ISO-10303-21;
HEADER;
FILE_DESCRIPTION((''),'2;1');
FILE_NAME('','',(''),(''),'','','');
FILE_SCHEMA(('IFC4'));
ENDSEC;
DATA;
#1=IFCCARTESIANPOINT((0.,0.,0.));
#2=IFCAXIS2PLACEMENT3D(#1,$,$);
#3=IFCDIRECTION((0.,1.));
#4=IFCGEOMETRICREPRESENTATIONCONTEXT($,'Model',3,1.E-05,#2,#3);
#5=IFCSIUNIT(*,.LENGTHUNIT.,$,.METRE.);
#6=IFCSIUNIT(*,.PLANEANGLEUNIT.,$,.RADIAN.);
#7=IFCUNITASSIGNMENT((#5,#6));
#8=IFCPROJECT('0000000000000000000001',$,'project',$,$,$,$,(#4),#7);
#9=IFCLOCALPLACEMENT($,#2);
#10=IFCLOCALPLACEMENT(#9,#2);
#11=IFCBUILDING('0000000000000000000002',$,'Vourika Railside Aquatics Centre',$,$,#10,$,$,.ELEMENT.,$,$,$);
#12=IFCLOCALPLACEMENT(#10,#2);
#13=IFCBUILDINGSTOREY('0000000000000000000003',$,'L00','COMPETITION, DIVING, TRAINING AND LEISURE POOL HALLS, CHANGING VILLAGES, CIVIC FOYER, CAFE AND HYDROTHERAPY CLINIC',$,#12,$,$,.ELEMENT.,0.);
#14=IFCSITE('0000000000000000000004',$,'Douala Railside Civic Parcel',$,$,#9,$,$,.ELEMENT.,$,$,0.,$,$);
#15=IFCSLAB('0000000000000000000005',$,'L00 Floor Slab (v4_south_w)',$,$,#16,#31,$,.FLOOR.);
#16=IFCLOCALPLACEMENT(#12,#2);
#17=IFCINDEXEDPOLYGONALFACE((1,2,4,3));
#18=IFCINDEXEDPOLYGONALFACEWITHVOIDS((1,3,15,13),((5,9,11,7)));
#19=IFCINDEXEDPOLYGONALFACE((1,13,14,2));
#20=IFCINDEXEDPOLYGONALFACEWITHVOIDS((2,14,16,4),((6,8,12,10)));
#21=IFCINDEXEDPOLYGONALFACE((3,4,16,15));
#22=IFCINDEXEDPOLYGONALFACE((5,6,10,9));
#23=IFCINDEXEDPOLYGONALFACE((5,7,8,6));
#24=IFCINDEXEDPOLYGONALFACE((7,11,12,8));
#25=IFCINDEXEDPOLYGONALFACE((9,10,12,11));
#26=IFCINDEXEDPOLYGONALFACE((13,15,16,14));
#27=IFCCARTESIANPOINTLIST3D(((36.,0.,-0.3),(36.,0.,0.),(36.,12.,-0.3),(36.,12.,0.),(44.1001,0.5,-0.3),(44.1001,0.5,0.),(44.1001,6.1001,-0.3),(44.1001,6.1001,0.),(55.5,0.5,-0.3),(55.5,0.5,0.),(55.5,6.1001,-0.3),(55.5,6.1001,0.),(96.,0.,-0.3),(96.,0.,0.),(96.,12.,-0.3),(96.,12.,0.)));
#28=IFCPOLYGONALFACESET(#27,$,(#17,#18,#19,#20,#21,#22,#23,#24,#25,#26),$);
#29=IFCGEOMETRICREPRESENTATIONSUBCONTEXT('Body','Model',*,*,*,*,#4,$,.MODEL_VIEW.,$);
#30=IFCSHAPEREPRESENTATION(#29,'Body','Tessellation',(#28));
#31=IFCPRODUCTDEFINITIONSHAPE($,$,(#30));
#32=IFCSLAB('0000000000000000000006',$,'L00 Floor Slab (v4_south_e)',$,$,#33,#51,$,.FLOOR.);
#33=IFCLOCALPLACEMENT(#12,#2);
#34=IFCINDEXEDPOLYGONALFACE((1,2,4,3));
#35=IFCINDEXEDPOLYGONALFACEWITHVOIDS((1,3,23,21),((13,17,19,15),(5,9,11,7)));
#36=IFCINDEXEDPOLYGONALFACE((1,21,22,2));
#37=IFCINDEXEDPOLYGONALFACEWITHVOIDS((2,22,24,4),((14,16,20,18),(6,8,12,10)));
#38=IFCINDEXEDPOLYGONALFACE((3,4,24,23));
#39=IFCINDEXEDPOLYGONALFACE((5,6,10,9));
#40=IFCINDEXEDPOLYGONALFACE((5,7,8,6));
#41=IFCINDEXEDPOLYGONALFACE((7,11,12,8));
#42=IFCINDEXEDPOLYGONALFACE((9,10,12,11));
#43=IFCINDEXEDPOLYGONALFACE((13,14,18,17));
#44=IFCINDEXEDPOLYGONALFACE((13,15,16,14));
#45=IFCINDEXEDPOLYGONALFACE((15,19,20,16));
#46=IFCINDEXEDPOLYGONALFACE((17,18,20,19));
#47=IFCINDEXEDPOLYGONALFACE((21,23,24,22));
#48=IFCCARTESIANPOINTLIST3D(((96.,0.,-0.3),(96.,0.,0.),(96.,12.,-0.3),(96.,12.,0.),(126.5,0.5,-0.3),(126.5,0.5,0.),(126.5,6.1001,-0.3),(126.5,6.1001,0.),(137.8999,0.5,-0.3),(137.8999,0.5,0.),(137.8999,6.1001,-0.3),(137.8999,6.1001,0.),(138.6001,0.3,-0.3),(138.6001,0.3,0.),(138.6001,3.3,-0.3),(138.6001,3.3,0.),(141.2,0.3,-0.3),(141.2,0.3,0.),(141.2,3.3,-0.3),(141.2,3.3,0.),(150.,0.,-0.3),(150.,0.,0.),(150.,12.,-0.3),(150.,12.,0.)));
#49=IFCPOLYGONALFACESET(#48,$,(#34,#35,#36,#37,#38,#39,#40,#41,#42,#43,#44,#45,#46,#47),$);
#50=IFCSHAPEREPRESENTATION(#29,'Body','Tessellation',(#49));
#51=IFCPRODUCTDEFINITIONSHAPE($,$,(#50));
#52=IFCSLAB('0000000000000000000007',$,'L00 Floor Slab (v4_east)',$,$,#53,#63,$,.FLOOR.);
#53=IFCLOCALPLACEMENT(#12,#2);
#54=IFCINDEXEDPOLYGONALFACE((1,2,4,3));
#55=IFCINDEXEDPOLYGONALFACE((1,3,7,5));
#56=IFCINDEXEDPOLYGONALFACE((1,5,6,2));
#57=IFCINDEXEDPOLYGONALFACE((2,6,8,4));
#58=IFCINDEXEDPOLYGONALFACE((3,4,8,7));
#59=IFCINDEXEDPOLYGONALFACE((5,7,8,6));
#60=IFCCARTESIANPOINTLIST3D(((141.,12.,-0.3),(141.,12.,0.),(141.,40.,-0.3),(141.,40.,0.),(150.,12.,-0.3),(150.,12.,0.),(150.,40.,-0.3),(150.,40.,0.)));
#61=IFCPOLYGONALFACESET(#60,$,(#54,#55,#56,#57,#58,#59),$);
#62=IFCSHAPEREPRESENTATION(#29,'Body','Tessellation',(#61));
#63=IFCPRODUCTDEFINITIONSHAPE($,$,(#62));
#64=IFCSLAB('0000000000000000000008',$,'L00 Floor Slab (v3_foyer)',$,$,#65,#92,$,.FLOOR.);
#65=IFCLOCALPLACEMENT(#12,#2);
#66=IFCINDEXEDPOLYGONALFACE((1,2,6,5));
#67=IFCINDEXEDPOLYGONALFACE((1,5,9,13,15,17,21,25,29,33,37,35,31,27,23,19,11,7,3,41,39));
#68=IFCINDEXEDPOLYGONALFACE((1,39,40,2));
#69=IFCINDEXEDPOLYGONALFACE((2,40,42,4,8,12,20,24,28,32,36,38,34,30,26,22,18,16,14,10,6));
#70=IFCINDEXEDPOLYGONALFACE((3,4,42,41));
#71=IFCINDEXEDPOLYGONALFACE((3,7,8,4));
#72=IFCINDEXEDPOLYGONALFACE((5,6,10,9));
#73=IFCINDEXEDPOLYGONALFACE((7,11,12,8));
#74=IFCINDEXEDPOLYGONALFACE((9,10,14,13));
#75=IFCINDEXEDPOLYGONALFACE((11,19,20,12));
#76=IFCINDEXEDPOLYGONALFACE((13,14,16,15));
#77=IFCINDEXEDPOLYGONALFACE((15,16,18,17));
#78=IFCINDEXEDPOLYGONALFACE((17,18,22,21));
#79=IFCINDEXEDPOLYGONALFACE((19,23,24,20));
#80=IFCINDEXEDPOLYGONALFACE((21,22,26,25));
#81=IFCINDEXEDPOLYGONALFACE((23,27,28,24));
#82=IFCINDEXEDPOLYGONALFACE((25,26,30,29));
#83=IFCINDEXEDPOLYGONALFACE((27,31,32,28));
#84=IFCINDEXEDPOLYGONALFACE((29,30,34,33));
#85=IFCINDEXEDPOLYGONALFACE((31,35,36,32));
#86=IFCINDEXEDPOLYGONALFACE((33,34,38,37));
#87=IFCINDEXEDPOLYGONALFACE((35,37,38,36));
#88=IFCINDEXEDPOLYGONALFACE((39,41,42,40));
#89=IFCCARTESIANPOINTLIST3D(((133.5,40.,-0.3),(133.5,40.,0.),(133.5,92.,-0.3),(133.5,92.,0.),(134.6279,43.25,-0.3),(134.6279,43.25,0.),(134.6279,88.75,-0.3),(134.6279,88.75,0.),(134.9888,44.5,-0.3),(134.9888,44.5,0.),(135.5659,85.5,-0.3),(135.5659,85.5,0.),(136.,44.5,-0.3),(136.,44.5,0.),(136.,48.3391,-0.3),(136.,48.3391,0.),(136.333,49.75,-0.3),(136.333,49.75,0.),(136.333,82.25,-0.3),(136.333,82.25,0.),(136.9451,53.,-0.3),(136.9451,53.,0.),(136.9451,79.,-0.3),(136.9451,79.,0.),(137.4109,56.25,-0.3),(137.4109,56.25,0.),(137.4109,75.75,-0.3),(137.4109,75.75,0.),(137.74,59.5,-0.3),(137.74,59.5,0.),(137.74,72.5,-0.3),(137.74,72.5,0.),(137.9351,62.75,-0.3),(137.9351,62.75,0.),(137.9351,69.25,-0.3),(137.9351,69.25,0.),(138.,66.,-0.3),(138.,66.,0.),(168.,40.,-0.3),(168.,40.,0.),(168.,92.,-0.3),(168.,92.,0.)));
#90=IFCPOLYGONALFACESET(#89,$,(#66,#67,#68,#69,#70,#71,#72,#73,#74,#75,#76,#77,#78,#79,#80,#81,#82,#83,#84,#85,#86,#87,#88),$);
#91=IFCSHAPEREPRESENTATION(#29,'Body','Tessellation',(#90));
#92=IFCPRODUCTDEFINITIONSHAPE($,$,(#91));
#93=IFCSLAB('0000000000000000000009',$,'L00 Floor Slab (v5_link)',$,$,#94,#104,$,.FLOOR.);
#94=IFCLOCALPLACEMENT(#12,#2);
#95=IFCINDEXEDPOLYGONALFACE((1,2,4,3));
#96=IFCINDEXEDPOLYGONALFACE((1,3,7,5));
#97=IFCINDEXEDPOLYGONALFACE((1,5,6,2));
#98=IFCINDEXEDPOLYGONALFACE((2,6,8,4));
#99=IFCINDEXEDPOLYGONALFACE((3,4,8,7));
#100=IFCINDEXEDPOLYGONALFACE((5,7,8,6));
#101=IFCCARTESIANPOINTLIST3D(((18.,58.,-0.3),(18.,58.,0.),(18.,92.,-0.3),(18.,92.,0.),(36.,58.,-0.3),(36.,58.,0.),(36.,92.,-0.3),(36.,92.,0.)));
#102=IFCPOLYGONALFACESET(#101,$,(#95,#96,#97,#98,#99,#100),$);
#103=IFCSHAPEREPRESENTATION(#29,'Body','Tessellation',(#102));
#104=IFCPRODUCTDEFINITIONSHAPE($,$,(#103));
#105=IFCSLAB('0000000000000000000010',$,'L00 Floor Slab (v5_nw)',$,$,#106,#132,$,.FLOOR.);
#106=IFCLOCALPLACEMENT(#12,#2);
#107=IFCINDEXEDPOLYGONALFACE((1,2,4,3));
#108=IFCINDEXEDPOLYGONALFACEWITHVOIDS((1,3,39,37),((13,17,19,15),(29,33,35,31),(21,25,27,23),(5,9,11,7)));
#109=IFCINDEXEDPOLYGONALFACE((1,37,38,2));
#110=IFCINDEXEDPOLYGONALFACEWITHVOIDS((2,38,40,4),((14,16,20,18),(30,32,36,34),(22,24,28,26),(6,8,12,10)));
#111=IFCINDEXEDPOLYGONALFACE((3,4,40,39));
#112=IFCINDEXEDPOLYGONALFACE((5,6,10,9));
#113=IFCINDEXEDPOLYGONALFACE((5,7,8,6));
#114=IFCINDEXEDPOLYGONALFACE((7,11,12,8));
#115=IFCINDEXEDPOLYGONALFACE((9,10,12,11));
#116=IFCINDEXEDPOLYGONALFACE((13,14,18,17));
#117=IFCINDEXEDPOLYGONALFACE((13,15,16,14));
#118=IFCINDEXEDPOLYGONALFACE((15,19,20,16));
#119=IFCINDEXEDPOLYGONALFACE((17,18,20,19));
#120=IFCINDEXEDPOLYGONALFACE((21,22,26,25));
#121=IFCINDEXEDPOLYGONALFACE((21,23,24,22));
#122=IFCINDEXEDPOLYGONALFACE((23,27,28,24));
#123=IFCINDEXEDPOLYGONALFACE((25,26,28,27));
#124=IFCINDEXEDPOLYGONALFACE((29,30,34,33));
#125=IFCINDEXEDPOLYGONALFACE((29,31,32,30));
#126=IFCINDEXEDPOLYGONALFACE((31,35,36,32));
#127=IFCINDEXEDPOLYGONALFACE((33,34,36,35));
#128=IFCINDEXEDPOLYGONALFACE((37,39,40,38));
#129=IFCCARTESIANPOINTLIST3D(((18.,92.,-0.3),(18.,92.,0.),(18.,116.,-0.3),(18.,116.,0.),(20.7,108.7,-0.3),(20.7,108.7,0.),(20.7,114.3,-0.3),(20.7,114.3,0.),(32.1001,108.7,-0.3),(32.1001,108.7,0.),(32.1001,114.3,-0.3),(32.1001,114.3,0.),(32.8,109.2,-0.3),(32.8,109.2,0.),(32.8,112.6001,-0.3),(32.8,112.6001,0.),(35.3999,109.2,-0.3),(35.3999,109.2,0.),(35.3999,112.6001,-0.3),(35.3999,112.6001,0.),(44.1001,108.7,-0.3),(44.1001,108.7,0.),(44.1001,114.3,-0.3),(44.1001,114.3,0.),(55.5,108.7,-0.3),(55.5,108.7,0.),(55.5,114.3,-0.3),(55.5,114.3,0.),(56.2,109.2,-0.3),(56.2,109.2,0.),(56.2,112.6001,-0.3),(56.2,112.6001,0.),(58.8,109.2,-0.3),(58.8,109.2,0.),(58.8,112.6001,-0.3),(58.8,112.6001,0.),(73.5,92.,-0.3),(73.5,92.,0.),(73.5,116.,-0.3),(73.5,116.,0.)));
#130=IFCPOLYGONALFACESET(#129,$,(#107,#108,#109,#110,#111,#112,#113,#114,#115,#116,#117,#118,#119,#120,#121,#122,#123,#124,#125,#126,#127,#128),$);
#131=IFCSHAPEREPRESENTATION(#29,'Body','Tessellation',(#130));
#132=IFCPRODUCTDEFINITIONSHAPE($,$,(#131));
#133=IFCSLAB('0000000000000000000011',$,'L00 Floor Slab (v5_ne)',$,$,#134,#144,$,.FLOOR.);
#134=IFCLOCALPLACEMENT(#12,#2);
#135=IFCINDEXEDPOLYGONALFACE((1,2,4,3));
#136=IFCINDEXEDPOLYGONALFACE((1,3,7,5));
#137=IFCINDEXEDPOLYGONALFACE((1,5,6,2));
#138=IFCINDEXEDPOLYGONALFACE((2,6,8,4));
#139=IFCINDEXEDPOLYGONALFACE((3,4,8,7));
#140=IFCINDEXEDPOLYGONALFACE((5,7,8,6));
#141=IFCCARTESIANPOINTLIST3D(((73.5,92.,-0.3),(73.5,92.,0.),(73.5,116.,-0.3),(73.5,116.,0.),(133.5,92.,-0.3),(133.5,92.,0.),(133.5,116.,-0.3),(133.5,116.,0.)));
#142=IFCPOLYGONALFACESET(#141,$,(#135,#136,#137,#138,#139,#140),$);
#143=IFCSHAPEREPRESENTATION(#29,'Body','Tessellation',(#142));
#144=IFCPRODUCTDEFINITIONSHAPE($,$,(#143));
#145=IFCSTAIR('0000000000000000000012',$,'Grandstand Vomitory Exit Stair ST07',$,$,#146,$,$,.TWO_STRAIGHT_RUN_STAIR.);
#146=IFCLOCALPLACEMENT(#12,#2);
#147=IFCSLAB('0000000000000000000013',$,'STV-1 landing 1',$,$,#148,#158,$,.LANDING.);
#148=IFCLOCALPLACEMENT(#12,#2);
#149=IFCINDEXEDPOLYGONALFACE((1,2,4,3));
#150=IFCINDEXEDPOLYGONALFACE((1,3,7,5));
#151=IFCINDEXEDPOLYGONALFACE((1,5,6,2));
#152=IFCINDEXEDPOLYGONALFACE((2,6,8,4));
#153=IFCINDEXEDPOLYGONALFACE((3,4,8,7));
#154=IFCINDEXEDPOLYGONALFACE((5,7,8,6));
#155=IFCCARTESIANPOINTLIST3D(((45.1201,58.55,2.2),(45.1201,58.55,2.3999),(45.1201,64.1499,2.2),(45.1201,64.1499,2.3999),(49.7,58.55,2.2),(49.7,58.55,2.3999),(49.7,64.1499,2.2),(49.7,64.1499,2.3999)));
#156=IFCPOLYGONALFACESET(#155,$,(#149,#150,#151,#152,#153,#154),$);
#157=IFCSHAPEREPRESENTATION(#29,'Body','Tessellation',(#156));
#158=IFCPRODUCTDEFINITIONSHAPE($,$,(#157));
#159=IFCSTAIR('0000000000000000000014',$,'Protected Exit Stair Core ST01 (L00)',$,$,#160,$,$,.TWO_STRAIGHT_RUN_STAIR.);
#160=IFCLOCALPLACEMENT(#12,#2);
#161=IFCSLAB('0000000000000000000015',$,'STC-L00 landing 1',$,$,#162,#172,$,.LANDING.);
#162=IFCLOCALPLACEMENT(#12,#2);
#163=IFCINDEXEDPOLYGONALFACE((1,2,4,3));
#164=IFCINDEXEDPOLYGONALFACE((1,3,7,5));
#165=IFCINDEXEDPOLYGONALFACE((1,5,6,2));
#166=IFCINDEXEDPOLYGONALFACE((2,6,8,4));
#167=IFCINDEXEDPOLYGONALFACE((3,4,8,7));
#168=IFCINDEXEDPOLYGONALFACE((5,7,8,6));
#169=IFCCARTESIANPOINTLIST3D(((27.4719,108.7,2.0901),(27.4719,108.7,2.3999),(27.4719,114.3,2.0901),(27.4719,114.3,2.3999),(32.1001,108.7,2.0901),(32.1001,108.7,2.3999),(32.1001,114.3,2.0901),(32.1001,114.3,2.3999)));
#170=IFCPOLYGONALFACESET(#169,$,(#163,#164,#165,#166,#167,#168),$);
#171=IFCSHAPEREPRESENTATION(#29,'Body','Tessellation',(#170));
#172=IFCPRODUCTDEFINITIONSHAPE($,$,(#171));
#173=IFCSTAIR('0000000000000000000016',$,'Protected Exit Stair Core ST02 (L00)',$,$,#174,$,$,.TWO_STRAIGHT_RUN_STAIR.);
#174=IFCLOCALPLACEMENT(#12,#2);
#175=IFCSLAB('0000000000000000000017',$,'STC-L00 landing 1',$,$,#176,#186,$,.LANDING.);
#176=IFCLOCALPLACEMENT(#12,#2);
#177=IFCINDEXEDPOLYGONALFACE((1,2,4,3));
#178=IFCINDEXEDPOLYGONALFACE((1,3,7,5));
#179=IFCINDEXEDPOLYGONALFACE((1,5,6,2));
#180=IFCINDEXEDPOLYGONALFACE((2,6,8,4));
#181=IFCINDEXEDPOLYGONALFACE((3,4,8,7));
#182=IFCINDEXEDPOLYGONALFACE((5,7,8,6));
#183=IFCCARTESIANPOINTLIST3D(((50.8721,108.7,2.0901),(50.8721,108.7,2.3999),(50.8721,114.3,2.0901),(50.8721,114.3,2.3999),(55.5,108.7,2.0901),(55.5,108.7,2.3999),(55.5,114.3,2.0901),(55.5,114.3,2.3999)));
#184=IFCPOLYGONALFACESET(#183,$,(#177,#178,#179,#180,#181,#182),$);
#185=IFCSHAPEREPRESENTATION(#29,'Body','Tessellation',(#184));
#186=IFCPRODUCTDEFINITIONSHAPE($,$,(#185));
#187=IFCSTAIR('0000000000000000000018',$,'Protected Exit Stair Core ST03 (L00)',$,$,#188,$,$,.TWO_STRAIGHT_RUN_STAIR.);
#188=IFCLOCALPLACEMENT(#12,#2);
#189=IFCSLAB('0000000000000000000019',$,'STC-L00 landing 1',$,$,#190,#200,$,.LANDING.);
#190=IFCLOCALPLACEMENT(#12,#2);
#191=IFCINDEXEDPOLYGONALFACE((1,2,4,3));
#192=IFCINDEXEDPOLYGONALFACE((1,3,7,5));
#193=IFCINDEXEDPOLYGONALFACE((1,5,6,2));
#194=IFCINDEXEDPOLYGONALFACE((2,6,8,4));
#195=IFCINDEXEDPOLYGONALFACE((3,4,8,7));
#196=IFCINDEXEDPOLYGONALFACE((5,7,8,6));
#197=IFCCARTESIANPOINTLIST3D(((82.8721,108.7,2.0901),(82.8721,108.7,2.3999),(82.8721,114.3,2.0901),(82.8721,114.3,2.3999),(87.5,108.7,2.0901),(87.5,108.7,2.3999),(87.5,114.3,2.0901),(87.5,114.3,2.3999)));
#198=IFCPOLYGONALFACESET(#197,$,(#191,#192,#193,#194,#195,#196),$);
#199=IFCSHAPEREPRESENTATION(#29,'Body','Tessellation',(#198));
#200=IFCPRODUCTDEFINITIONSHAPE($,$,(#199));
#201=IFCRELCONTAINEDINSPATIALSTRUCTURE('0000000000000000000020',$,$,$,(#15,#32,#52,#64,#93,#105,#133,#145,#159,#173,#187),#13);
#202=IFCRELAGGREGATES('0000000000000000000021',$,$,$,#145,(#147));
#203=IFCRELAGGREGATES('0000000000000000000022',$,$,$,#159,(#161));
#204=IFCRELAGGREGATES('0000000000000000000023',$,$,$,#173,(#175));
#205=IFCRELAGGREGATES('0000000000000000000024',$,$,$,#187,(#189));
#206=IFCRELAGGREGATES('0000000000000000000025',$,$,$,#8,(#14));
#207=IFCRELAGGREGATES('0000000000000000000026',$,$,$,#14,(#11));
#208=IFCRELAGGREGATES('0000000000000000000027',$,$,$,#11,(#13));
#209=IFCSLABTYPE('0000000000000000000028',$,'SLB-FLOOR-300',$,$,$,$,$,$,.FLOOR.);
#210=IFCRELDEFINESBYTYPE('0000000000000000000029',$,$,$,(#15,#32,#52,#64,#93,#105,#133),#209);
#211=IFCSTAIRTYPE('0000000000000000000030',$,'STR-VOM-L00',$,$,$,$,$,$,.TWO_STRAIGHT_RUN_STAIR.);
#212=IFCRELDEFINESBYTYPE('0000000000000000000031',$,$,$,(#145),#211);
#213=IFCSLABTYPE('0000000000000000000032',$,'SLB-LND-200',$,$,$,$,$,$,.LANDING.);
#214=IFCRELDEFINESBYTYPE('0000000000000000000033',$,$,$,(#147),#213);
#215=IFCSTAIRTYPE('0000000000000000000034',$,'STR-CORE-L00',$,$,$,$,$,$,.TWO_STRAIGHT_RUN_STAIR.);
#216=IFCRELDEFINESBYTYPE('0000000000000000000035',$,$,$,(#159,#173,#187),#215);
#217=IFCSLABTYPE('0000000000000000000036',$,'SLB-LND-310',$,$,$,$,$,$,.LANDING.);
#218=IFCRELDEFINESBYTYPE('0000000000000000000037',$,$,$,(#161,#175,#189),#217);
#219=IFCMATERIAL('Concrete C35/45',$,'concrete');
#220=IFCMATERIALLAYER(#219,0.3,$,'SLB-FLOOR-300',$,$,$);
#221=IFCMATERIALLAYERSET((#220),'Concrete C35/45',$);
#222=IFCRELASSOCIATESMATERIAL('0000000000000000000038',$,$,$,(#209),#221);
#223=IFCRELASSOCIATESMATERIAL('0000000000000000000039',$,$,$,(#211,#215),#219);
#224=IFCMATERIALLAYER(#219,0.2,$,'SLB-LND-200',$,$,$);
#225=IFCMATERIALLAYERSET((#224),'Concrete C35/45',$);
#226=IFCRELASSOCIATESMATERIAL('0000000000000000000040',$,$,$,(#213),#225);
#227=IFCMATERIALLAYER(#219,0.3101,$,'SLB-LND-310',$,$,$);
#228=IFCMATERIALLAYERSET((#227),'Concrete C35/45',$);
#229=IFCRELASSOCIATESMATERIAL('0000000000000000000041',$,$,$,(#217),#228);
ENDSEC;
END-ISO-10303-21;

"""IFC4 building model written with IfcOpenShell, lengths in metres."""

from ifc_helpers import new_model, si_unit, direction, frame, origin, place, context, subcontext, project, spatial, polyline, outline, extrude, material, layer, layer_set, type_object, element, aggregate, save


model = new_model("IFC4")

# Units and contexts
model_context = context("Model", 3, precision=1e-05, world=origin(), true_north=direction((0.0, 1.0)))
body_context = subcontext(model_context, "Body", "Model", "MODEL_VIEW")
ifc_project = project(units=[si_unit("LENGTHUNIT", "METRE"), si_unit("PLANEANGLEUNIT", "RADIAN")], contexts=[model_context])

# Site, building, storey
site_placement = place(None, origin())
site = spatial("IfcSite", under=ifc_project, at=site_placement, Name="Douala Railside Civic Parcel", CompositionType="ELEMENT", RefElevation=0.0)
building_placement = place(site_placement, origin())
building = spatial("IfcBuilding", under=site, at=building_placement, Name="Vourika Railside Aquatics Centre", CompositionType="ELEMENT")
storey_placement = place(building_placement, origin())
storey = spatial("IfcBuildingStorey", under=building, at=storey_placement, Name="L00", Description="COMPETITION, DIVING, TRAINING AND LEISURE POOL HALLS, CHANGING VILLAGES, CIVIC FOYER, CAFE AND HYDROTHERAPY CLINIC", CompositionType="ELEMENT", Elevation=0.0)

# Slabs
ifc_material_1 = material(Name="Concrete C35/45", Category="concrete")
ifc_layer_1 = layer(ifc_material_1, 0.3, Name="SLB-FLOOR-300")
ifc_layer_set_1 = layer_set([ifc_layer_1], Name="Concrete C35/45")
slab_type_1 = type_object("IfcSlabType", Name="SLB-FLOOR-300", PredefinedType="FLOOR", material=ifc_layer_set_1)
slab_1_placement = place(storey_placement, frame((0.0, 0.0, -0.3)))
element("IfcSlab", 1, at=slab_1_placement, inside=storey, type_object=slab_type_1, Name="L00 Floor Slab (v4_south_w)", PredefinedType="FLOOR", context=body_context, shape_type="SweptSolid", body=[
    extrude(outline(polyline([(36.0, 0.0), (36.0, 12.0), (96.0, 12.0), (96.0, 0.0), (36.0, 0.0)]), holes=[polyline([(44.1001, 6.1001), (44.1001, 0.5), (55.5, 0.5), (55.5, 6.1001), (44.1001, 6.1001)])]), origin(), (0.0, 0.0, 1.0), 0.3),
])
slab_2_placement = place(storey_placement, frame((0.0, 0.0, -0.3)))
element("IfcSlab", 2, at=slab_2_placement, inside=storey, type_object=slab_type_1, Name="L00 Floor Slab (v4_south_e)", PredefinedType="FLOOR", context=body_context, shape_type="SweptSolid", body=[
    extrude(outline(polyline([(96.0, 0.0), (96.0, 12.0), (150.0, 12.0), (150.0, 0.0), (96.0, 0.0)]), holes=[polyline([(138.6001, 3.3), (138.6001, 0.3), (141.2, 0.3), (141.2, 3.3), (138.6001, 3.3)]), polyline([(137.8999, 6.1001), (126.5, 6.1001), (126.5, 0.5), (137.8999, 0.5), (137.8999, 6.1001)])]), origin(), (0.0, 0.0, 1.0), 0.3),
])
slab_3_placement = place(storey_placement, frame((0.0, 0.0, -0.3)))
element("IfcSlab", 3, at=slab_3_placement, inside=storey, type_object=slab_type_1, Name="L00 Floor Slab (v4_east)", PredefinedType="FLOOR", context=body_context, shape_type="SweptSolid", body=[
    extrude(outline(polyline([(141.0, 12.0), (141.0, 40.0), (150.0, 40.0), (150.0, 12.0), (141.0, 12.0)])), origin(), (0.0, 0.0, 1.0), 0.3),
])
slab_4_placement = place(storey_placement, frame((0.0, 0.0, -0.3)))
element("IfcSlab", 4, at=slab_4_placement, inside=storey, type_object=slab_type_1, Name="L00 Floor Slab (v3_foyer)", PredefinedType="FLOOR", context=body_context, shape_type="SweptSolid", body=[
    extrude(outline(polyline([(134.6279, 43.25), (134.9888, 44.5), (136.0, 44.5), (136.0, 48.3391), (136.333, 49.75), (136.9451, 53.0), (137.4109, 56.25), (137.74, 59.5), (137.9351, 62.75), (138.0, 66.0), (137.9351, 69.25), (137.74, 72.5), (137.4109, 75.75), (136.9451, 79.0), (136.333, 82.25), (135.5659, 85.5), (134.6279, 88.75), (133.5, 92.0), (168.0, 92.0), (168.0, 40.0), (133.5, 40.0), (134.6279, 43.25)])), origin(), (0.0, 0.0, 1.0), 0.3),
])
slab_5_placement = place(storey_placement, frame((0.0, 0.0, -0.3)))
element("IfcSlab", 5, at=slab_5_placement, inside=storey, type_object=slab_type_1, Name="L00 Floor Slab (v5_link)", PredefinedType="FLOOR", context=body_context, shape_type="SweptSolid", body=[
    extrude(outline(polyline([(18.0, 58.0), (18.0, 92.0), (36.0, 92.0), (36.0, 58.0), (18.0, 58.0)])), origin(), (0.0, 0.0, 1.0), 0.3),
])
slab_6_placement = place(storey_placement, frame((0.0, 0.0, -0.3)))
element("IfcSlab", 6, at=slab_6_placement, inside=storey, type_object=slab_type_1, Name="L00 Floor Slab (v5_nw)", PredefinedType="FLOOR", context=body_context, shape_type="SweptSolid", body=[
    extrude(outline(polyline([(18.0, 92.0), (18.0, 116.0), (73.5, 116.0), (73.5, 92.0), (18.0, 92.0)]), holes=[polyline([(35.3999, 112.6001), (32.8, 112.6001), (32.8, 109.2), (35.3999, 109.2), (35.3999, 112.6001)]), polyline([(32.1001, 114.3), (20.7, 114.3), (20.7, 108.7), (32.1001, 108.7), (32.1001, 114.3)]), polyline([(55.5, 114.3), (44.1001, 114.3), (44.1001, 108.7), (55.5, 108.7), (55.5, 114.3)]), polyline([(58.8, 112.6001), (56.2, 112.6001), (56.2, 109.2), (58.8, 109.2), (58.8, 112.6001)])]), origin(), (0.0, 0.0, 1.0), 0.3),
])
slab_7_placement = place(storey_placement, frame((0.0, 0.0, -0.3)))
element("IfcSlab", 7, at=slab_7_placement, inside=storey, type_object=slab_type_1, Name="L00 Floor Slab (v5_ne)", PredefinedType="FLOOR", context=body_context, shape_type="SweptSolid", body=[
    extrude(outline(polyline([(73.5, 92.0), (73.5, 116.0), (133.5, 116.0), (133.5, 92.0), (73.5, 92.0)])), origin(), (0.0, 0.0, 1.0), 0.3),
])

# Stairs, slabs
stair_type_1 = type_object("IfcStairType", Name="STR-VOM-L00", PredefinedType="TWO_STRAIGHT_RUN_STAIR", material=ifc_material_1)
stair_1_placement = place(storey_placement, origin())
stair_1 = element("IfcStair", 8, at=stair_1_placement, inside=storey, type_object=stair_type_1, Name="Grandstand Vomitory Exit Stair ST07", PredefinedType="TWO_STRAIGHT_RUN_STAIR")
ifc_layer_2 = layer(ifc_material_1, 0.2, Name="SLB-LND-200")
ifc_layer_set_2 = layer_set([ifc_layer_2], Name="Concrete C35/45")
slab_type_2 = type_object("IfcSlabType", Name="SLB-LND-200", PredefinedType="LANDING", material=ifc_layer_set_2)
slab_8_placement = place(storey_placement, frame((0.0, 0.0, 2.2)))
slab_8 = element("IfcSlab", 9, at=slab_8_placement, type_object=slab_type_2, Name="STV-1 landing 1", PredefinedType="LANDING", context=body_context, shape_type="SweptSolid", body=[
    extrude(outline(polyline([(45.1201, 58.55), (49.7, 58.55), (49.7, 64.1499), (45.1201, 64.1499), (45.1201, 58.55)])), origin(), (0.0, 0.0, 1.0), 0.2),
])
aggregate(stair_1, [slab_8])
stair_type_2 = type_object("IfcStairType", Name="STR-CORE-L00", PredefinedType="TWO_STRAIGHT_RUN_STAIR", material=ifc_material_1)
stair_2_placement = place(storey_placement, origin())
stair_2 = element("IfcStair", 10, at=stair_2_placement, inside=storey, type_object=stair_type_2, Name="Protected Exit Stair Core ST01 (L00)", PredefinedType="TWO_STRAIGHT_RUN_STAIR")
ifc_layer_3 = layer(ifc_material_1, 0.3101, Name="SLB-LND-310")
ifc_layer_set_3 = layer_set([ifc_layer_3], Name="Concrete C35/45")
slab_type_3 = type_object("IfcSlabType", Name="SLB-LND-310", PredefinedType="LANDING", material=ifc_layer_set_3)
slab_9_placement = place(storey_placement, frame((0.0, 0.0, 2.0901)))
slab_9 = element("IfcSlab", 11, at=slab_9_placement, type_object=slab_type_3, Name="STC-L00 landing 1", PredefinedType="LANDING", context=body_context, shape_type="SweptSolid", body=[
    extrude(outline(polyline([(27.4719, 108.7), (32.1001, 108.7), (32.1001, 114.3), (27.4719, 114.3), (27.4719, 108.7)])), origin(), (0.0, 0.0, 1.0), 0.3098),
])
aggregate(stair_2, [slab_9])
stair_3_placement = place(storey_placement, origin())
stair_3 = element("IfcStair", 12, at=stair_3_placement, inside=storey, type_object=stair_type_2, Name="Protected Exit Stair Core ST02 (L00)", PredefinedType="TWO_STRAIGHT_RUN_STAIR")
slab_10_placement = place(storey_placement, frame((0.0, 0.0, 2.0901)))
slab_10 = element("IfcSlab", 13, at=slab_10_placement, type_object=slab_type_3, Name="STC-L00 landing 1", PredefinedType="LANDING", context=body_context, shape_type="SweptSolid", body=[
    extrude(outline(polyline([(50.8721, 108.7), (55.5, 108.7), (55.5, 114.3), (50.8721, 114.3), (50.8721, 108.7)])), origin(), (0.0, 0.0, 1.0), 0.3098),
])
aggregate(stair_3, [slab_10])
stair_4_placement = place(storey_placement, origin())
stair_4 = element("IfcStair", 14, at=stair_4_placement, inside=storey, type_object=stair_type_2, Name="Protected Exit Stair Core ST03 (L00)", PredefinedType="TWO_STRAIGHT_RUN_STAIR")
slab_11_placement = place(storey_placement, frame((0.0, 0.0, 2.0901)))
slab_11 = element("IfcSlab", 15, at=slab_11_placement, type_object=slab_type_3, Name="STC-L00 landing 1", PredefinedType="LANDING", context=body_context, shape_type="SweptSolid", body=[
    extrude(outline(polyline([(82.8721, 108.7), (87.5, 108.7), (87.5, 114.3), (82.8721, 114.3), (82.8721, 108.7)])), origin(), (0.0, 0.0, 1.0), 0.3098),
])
aggregate(stair_4, [slab_11])

save(model, "model.ifc")
